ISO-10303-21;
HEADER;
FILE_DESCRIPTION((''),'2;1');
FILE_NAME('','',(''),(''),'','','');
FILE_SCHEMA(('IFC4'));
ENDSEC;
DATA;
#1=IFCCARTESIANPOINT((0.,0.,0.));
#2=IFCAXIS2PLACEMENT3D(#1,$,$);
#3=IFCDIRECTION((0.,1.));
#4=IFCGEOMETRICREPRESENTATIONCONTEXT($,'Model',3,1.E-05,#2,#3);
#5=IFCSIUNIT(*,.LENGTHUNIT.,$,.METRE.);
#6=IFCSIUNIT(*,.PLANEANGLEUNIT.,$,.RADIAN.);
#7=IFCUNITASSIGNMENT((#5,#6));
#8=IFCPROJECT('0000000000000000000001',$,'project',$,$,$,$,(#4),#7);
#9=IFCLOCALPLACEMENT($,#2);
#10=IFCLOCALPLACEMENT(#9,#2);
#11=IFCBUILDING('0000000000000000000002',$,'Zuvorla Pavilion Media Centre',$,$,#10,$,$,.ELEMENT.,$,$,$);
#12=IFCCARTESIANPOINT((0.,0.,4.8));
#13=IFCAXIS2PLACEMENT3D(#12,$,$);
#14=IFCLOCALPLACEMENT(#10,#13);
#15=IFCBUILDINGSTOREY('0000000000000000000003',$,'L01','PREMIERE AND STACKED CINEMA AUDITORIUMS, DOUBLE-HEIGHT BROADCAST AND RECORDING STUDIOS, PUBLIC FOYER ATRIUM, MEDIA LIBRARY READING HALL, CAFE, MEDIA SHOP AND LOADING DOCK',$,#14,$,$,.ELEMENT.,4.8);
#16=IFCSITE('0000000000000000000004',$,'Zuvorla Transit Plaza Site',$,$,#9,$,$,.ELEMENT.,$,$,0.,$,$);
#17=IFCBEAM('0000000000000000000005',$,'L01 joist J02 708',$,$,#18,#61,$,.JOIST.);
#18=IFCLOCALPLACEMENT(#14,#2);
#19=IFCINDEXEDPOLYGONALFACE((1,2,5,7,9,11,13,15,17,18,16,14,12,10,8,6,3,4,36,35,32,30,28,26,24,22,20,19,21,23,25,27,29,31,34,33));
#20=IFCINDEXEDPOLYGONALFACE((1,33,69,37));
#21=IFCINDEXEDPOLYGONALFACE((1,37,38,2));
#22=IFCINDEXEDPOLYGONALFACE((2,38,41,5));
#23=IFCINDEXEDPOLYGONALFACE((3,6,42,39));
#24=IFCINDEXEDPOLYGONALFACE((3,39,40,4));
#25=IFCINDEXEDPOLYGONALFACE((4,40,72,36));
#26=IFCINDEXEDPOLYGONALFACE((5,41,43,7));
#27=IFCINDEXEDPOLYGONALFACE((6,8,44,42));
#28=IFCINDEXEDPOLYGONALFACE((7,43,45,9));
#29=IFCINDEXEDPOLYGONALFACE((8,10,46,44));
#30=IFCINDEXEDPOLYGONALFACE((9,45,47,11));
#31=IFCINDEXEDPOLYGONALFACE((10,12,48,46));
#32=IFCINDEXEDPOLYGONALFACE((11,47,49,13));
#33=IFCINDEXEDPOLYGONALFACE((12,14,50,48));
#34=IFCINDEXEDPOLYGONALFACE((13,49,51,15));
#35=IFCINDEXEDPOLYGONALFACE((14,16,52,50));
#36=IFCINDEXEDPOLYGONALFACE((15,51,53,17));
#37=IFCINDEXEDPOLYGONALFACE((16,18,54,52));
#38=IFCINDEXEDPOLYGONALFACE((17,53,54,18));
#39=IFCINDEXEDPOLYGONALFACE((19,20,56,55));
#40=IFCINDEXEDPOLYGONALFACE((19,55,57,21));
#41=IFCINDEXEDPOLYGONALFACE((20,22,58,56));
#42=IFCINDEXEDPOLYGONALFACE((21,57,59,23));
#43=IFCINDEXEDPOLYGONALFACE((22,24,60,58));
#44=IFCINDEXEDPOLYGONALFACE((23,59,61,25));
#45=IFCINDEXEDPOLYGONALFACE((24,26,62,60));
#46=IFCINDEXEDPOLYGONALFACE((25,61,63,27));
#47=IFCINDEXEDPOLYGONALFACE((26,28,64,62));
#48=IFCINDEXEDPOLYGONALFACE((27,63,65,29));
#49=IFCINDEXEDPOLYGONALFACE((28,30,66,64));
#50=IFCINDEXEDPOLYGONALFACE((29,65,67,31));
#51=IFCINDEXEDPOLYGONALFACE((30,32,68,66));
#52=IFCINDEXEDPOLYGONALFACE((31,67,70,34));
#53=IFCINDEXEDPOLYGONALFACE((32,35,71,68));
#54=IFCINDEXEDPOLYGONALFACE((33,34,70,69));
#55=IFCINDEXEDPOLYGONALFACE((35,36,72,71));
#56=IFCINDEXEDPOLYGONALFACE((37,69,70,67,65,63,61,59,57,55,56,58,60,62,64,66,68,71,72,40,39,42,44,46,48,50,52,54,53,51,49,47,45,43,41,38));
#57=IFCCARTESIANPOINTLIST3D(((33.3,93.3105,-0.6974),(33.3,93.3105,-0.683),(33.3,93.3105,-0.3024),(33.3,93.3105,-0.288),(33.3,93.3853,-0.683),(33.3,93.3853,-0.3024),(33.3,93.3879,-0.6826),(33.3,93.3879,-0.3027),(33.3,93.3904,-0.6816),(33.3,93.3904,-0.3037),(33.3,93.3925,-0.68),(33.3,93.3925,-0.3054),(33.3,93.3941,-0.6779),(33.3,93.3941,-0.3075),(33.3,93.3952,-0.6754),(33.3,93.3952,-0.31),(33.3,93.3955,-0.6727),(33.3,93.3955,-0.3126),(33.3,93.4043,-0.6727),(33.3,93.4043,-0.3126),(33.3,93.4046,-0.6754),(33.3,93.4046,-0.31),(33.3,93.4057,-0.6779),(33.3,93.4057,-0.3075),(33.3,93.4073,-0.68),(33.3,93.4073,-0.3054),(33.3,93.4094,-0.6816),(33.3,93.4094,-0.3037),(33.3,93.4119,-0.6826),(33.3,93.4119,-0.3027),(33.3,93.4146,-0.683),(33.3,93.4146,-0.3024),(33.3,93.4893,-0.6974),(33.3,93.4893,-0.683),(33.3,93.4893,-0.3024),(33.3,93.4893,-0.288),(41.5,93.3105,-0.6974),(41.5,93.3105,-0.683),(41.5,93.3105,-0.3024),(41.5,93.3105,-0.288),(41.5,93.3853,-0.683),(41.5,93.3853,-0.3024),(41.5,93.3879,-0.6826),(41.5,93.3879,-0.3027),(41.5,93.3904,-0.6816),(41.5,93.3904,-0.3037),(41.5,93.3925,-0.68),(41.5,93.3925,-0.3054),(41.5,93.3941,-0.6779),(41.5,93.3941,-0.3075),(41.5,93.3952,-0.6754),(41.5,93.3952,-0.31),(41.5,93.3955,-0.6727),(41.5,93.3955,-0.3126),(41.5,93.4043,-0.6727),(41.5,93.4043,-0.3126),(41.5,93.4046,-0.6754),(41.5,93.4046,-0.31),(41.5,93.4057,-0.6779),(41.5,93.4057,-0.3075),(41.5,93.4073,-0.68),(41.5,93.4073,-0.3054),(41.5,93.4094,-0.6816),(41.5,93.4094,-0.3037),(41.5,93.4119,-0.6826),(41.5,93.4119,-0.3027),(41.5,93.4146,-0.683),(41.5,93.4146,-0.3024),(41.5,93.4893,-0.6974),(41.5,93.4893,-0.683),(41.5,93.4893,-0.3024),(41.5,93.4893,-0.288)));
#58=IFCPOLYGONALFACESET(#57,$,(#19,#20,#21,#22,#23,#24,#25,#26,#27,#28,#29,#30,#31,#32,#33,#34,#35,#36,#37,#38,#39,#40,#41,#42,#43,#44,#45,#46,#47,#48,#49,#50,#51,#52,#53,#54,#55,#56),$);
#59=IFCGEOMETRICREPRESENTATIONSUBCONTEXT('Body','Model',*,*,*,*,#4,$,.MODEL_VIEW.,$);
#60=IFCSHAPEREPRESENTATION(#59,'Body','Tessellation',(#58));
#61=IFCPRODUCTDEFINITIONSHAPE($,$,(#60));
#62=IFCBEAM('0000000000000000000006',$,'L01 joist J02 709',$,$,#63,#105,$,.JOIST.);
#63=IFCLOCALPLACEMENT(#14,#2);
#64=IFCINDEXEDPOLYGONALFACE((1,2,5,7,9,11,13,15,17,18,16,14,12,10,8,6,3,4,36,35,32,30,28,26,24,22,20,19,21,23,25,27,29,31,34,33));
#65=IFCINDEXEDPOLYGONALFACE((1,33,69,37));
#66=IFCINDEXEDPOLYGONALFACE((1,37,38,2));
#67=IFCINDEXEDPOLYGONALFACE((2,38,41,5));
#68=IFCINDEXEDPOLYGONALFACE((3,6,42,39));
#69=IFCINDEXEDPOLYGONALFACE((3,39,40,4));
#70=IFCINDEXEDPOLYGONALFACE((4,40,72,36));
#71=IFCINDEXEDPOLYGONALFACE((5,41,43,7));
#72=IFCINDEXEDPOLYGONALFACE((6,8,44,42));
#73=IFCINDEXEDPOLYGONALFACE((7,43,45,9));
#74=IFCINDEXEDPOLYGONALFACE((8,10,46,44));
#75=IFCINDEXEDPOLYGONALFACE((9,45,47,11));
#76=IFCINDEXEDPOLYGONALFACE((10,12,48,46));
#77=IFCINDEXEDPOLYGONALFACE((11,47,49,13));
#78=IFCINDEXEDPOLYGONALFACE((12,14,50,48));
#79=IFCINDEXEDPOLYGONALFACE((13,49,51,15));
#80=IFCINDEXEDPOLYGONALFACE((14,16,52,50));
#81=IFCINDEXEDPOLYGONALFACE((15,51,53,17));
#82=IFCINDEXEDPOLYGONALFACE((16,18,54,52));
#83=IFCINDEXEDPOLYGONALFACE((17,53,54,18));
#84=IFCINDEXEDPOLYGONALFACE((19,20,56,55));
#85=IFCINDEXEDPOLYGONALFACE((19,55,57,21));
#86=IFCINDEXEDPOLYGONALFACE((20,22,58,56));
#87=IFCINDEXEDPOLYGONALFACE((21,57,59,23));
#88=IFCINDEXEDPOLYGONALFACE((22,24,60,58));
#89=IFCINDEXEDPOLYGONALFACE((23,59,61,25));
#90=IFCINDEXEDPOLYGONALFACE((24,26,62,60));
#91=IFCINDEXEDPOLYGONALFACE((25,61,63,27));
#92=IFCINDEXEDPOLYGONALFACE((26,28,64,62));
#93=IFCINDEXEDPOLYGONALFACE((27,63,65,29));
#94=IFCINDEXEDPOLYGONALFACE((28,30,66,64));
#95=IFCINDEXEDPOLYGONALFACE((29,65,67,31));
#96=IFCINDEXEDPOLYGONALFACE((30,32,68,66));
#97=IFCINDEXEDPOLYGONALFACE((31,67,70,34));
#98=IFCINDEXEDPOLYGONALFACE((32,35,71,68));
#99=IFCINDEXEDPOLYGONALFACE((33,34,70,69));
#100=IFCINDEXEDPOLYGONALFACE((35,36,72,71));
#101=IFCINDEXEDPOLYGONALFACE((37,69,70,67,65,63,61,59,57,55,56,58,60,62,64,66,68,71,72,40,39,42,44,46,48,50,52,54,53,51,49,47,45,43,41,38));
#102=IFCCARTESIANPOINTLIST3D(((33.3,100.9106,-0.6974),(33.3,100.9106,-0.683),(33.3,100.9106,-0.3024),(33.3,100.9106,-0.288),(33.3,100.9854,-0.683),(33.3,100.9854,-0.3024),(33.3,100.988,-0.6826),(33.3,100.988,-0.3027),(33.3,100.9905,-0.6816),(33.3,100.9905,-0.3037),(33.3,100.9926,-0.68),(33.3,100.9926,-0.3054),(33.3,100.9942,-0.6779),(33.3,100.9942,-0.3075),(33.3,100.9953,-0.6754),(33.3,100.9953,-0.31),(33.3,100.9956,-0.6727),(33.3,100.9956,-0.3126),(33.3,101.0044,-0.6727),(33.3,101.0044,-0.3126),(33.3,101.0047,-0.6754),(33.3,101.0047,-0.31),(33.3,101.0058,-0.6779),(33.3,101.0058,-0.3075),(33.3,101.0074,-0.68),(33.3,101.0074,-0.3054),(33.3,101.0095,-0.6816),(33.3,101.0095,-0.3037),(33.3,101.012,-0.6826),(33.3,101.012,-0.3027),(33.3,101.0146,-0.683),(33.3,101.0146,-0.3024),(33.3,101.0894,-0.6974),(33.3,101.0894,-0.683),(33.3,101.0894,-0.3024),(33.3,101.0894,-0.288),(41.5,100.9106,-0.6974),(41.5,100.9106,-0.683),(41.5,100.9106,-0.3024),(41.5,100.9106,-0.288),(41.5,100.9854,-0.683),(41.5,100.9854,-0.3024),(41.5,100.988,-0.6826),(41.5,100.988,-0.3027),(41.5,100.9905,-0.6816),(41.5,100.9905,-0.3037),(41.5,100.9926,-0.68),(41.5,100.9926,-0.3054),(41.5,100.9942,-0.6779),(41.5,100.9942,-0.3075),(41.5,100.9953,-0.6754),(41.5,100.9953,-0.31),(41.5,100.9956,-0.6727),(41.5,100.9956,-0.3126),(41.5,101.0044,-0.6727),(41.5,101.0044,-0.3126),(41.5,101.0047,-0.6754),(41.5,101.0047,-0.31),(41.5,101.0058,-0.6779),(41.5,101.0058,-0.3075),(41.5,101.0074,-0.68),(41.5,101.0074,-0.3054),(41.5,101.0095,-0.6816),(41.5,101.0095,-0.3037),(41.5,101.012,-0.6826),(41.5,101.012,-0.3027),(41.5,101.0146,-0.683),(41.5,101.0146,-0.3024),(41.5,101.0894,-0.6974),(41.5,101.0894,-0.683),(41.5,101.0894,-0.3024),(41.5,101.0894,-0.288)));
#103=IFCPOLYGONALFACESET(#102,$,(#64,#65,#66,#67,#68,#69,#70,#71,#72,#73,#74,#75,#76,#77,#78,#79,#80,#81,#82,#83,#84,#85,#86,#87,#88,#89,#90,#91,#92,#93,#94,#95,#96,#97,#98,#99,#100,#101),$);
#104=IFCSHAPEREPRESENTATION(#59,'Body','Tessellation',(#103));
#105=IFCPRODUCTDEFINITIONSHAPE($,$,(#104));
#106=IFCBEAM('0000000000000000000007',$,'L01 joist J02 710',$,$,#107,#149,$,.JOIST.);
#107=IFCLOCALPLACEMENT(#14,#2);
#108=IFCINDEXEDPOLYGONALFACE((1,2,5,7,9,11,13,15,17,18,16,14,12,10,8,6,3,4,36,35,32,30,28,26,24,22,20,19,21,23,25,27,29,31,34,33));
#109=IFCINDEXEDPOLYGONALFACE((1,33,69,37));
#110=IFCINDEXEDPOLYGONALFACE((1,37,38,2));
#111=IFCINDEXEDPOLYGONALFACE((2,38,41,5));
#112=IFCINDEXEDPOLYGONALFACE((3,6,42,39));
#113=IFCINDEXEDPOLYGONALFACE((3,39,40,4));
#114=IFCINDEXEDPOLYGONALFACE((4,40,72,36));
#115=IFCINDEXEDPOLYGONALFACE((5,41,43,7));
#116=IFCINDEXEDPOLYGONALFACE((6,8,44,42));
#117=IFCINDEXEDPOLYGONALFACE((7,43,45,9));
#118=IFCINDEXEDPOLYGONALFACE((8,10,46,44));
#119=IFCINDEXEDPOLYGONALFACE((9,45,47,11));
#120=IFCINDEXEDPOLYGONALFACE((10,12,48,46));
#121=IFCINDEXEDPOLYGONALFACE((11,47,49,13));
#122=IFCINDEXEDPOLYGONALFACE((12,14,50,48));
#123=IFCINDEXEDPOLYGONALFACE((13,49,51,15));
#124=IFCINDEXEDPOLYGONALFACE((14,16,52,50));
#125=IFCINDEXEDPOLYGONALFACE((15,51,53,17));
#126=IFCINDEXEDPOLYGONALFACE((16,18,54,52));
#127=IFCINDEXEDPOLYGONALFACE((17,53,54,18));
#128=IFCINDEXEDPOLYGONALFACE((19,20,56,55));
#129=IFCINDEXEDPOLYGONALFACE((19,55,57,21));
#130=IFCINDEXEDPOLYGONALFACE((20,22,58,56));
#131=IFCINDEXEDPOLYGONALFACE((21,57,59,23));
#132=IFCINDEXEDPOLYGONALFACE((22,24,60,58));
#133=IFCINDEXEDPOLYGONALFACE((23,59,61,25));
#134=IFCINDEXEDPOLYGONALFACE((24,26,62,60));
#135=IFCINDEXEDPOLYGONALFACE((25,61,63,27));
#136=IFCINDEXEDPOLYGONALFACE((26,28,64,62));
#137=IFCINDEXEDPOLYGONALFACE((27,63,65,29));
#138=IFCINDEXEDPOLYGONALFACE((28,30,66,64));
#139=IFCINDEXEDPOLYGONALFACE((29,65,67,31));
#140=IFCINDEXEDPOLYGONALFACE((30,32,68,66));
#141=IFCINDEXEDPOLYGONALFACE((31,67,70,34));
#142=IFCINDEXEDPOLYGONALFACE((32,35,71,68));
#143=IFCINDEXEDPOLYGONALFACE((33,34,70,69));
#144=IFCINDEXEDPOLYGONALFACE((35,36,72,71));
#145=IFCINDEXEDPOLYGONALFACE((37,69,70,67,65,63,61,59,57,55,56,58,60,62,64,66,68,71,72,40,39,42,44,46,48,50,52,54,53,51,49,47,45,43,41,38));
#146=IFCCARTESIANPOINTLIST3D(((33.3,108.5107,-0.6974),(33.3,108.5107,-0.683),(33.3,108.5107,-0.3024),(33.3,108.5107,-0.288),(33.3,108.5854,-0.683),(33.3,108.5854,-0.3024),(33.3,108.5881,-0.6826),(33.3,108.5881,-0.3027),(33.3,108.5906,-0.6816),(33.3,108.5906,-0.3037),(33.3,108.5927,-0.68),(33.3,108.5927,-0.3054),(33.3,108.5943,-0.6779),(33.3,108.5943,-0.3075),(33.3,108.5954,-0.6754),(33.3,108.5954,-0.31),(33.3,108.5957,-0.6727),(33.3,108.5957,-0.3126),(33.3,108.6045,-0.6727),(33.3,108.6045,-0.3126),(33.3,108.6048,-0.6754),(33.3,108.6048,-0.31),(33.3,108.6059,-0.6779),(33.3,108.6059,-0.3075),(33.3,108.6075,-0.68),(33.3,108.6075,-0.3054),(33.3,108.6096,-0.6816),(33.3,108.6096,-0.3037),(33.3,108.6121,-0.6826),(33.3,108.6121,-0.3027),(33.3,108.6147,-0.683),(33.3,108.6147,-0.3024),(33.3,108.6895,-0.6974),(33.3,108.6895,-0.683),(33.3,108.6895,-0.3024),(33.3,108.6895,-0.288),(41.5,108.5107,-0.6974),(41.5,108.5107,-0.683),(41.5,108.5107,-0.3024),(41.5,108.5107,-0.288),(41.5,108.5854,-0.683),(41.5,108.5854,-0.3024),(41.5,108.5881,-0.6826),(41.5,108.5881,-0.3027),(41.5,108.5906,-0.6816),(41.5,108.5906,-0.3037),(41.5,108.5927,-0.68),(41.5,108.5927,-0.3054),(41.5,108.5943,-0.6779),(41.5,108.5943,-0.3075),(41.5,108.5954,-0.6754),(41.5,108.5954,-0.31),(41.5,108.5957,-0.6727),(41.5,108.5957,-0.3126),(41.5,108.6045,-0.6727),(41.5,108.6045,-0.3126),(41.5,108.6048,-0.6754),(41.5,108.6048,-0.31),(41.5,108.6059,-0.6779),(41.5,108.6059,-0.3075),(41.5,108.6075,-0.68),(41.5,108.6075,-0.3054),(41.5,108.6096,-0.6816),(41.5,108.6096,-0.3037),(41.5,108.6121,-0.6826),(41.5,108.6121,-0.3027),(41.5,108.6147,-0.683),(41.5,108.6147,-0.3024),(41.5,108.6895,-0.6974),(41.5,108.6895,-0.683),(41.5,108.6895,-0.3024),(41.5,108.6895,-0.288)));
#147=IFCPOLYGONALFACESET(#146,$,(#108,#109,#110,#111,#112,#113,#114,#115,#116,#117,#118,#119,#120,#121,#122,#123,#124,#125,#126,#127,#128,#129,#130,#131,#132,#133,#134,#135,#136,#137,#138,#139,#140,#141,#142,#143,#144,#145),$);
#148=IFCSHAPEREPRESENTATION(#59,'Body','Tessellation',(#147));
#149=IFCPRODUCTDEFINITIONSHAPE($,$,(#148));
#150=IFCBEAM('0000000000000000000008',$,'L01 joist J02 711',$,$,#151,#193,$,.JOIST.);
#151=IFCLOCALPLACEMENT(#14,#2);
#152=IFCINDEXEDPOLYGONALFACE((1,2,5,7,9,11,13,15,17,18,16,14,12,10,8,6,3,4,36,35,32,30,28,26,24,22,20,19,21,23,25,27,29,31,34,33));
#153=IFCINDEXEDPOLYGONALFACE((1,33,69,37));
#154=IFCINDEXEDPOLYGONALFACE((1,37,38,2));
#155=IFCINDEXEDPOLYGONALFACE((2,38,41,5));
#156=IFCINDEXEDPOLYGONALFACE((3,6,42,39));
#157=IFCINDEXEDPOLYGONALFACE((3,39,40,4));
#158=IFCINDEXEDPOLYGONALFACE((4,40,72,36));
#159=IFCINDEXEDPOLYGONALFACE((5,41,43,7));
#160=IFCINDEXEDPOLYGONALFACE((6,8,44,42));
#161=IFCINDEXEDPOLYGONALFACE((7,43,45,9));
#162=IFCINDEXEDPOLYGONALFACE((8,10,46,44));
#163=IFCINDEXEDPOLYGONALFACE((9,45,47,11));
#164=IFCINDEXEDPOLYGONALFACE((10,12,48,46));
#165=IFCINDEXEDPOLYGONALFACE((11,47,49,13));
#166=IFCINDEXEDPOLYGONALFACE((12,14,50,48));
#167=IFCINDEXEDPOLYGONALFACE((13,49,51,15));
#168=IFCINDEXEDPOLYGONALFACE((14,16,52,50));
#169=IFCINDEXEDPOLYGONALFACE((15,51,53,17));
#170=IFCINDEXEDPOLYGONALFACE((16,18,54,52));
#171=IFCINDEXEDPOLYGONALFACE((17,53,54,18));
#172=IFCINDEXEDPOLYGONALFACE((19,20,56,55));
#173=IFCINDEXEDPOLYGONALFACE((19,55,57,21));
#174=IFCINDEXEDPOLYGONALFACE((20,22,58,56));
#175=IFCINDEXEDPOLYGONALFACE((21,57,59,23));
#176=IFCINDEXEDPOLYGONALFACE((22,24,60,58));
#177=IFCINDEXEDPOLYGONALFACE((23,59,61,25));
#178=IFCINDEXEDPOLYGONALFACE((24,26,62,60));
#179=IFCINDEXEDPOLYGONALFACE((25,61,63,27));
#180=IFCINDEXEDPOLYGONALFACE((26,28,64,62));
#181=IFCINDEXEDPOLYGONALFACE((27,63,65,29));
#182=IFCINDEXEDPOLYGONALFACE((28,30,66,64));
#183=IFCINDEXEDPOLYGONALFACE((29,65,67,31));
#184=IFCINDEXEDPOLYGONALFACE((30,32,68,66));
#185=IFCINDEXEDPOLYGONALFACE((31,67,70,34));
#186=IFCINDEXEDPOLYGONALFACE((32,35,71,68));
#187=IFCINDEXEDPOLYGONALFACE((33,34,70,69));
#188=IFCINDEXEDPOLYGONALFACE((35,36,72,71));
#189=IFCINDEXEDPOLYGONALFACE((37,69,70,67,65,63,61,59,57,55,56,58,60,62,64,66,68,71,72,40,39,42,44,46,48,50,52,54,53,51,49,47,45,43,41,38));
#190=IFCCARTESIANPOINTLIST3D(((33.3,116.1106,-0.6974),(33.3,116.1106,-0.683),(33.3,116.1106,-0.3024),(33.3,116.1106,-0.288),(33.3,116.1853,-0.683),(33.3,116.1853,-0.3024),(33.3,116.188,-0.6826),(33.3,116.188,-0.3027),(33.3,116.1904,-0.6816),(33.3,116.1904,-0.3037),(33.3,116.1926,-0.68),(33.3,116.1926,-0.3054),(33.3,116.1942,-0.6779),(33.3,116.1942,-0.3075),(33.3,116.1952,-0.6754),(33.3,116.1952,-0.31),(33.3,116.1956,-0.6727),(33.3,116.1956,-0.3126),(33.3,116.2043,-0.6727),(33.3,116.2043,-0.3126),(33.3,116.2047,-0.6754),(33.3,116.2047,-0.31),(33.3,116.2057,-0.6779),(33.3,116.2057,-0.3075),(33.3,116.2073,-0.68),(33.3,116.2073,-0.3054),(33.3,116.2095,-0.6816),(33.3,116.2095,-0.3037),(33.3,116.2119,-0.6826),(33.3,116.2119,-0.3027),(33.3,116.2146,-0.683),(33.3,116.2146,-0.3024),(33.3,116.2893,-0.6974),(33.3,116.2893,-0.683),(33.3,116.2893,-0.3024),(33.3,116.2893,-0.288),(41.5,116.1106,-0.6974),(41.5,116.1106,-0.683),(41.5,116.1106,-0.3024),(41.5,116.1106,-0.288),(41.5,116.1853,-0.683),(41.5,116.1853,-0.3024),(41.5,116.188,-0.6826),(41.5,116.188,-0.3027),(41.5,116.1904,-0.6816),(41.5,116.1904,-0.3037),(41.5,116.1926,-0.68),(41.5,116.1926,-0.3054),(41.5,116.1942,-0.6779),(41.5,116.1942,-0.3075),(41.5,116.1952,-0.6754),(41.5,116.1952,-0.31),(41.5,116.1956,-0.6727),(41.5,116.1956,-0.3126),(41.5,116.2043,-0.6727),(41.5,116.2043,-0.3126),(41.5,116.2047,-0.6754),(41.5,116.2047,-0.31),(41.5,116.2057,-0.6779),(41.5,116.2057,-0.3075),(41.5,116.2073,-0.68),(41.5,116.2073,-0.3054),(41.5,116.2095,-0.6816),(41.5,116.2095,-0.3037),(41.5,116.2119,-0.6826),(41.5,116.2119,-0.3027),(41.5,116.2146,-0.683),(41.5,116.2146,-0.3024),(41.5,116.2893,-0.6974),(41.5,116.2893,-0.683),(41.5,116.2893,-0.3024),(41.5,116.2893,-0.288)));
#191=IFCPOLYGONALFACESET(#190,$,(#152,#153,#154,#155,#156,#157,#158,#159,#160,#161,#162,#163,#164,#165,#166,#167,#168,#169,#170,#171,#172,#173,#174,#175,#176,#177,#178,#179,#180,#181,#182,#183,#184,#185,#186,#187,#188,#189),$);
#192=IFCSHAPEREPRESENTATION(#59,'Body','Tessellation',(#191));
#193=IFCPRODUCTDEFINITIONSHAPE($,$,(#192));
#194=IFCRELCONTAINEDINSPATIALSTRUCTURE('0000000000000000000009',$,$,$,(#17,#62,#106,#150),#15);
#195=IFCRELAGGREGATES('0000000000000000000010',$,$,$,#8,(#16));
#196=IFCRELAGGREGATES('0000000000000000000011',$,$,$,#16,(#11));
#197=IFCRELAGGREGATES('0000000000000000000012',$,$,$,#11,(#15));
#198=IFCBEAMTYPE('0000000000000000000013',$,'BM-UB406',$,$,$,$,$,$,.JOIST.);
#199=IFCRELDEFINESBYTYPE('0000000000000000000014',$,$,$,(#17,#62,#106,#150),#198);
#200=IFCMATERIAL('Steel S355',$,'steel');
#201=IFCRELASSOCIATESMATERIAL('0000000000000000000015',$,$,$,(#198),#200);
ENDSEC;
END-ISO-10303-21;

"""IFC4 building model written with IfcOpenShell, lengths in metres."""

from ifc_helpers import new_model, si_unit, direction, frame, origin, origin_2d, place, context, subcontext, project, spatial, i_section, extrude, material, material_profile, profile_set, type_object, element, save


model = new_model("IFC4")

# Units and contexts
model_context = context("Model", 3, precision=1e-05, world=origin(), true_north=direction((0.0, 1.0)))
body_context = subcontext(model_context, "Body", "Model", "MODEL_VIEW")
ifc_project = project(units=[si_unit("LENGTHUNIT", "METRE"), si_unit("PLANEANGLEUNIT", "RADIAN")], contexts=[model_context])

# Site, building, storey
site_placement = place(None, origin())
site = spatial("IfcSite", under=ifc_project, at=site_placement, Name="Zuvorla Transit Plaza Site", CompositionType="ELEMENT", RefElevation=0.0)
building_placement = place(site_placement, origin())
building = spatial("IfcBuilding", under=site, at=building_placement, Name="Zuvorla Pavilion Media Centre", CompositionType="ELEMENT")
storey_placement = place(building_placement, frame((0.0, 0.0, 4.8)))
storey = spatial("IfcBuildingStorey", under=building, at=storey_placement, Name="L01", Description="PREMIERE AND STACKED CINEMA AUDITORIUMS, DOUBLE-HEIGHT BROADCAST AND RECORDING STUDIOS, PUBLIC FOYER ATRIUM, MEDIA LIBRARY READING HALL, CAFE, MEDIA SHOP AND LOADING DOCK", CompositionType="ELEMENT", Elevation=4.8)

# Shared definitions
ifc_material_1 = material(Name="Steel S355", Category="steel")

# Beams
ifc_material_profile_1 = material_profile(ifc_material_1, i_section(OverallWidth=0.1787, OverallDepth=0.4094, WebThickness=0.0088, FlangeThickness=0.0144, FilletRadius=0.0103, at=origin_2d()), Name="UB 406x178x67")
ifc_profile_set_1 = profile_set([ifc_material_profile_1], Name="Steel S355")
beam_type_1 = type_object("IfcBeamType", Name="BM-UB406", PredefinedType="JOIST", material=ifc_profile_set_1)
for number, where, z_axis, x_axis, name in (
    (1, (33.3, 93.3999, -0.4927), (1.0, 0.0, 0.0), (0.0, 1.0, 0.0), "L01 joist J02 708"),
    (2, (33.3, 101.0, -0.4927), (1.0, 0.0, 0.0), (0.0, 1.0, 0.0), "L01 joist J02 709"),
    (3, (33.3, 108.6001, -0.4927), (1.0, 0.0, 0.0), (0.0, 1.0, 0.0), "L01 joist J02 710"),
    (4, (33.3, 116.2, -0.4927), (1.0, 0.0, 0.0), (0.0, 1.0, 0.0), "L01 joist J02 711"),
):
    element("IfcBeam", number, at=place(storey_placement, frame(where, z_axis=z_axis, x_axis=x_axis)), inside=storey, type_object=beam_type_1, Name=name, PredefinedType="JOIST", context=body_context, shape_type="SweptSolid", body=[
        extrude(i_section(OverallWidth=0.1787, OverallDepth=0.4094, WebThickness=0.0088, FlangeThickness=0.0144, FilletRadius=0.0103, at=origin_2d()), origin(), (0.0, 0.0, 1.0), 8.2),
    ])

save(model, "model.ifc")
